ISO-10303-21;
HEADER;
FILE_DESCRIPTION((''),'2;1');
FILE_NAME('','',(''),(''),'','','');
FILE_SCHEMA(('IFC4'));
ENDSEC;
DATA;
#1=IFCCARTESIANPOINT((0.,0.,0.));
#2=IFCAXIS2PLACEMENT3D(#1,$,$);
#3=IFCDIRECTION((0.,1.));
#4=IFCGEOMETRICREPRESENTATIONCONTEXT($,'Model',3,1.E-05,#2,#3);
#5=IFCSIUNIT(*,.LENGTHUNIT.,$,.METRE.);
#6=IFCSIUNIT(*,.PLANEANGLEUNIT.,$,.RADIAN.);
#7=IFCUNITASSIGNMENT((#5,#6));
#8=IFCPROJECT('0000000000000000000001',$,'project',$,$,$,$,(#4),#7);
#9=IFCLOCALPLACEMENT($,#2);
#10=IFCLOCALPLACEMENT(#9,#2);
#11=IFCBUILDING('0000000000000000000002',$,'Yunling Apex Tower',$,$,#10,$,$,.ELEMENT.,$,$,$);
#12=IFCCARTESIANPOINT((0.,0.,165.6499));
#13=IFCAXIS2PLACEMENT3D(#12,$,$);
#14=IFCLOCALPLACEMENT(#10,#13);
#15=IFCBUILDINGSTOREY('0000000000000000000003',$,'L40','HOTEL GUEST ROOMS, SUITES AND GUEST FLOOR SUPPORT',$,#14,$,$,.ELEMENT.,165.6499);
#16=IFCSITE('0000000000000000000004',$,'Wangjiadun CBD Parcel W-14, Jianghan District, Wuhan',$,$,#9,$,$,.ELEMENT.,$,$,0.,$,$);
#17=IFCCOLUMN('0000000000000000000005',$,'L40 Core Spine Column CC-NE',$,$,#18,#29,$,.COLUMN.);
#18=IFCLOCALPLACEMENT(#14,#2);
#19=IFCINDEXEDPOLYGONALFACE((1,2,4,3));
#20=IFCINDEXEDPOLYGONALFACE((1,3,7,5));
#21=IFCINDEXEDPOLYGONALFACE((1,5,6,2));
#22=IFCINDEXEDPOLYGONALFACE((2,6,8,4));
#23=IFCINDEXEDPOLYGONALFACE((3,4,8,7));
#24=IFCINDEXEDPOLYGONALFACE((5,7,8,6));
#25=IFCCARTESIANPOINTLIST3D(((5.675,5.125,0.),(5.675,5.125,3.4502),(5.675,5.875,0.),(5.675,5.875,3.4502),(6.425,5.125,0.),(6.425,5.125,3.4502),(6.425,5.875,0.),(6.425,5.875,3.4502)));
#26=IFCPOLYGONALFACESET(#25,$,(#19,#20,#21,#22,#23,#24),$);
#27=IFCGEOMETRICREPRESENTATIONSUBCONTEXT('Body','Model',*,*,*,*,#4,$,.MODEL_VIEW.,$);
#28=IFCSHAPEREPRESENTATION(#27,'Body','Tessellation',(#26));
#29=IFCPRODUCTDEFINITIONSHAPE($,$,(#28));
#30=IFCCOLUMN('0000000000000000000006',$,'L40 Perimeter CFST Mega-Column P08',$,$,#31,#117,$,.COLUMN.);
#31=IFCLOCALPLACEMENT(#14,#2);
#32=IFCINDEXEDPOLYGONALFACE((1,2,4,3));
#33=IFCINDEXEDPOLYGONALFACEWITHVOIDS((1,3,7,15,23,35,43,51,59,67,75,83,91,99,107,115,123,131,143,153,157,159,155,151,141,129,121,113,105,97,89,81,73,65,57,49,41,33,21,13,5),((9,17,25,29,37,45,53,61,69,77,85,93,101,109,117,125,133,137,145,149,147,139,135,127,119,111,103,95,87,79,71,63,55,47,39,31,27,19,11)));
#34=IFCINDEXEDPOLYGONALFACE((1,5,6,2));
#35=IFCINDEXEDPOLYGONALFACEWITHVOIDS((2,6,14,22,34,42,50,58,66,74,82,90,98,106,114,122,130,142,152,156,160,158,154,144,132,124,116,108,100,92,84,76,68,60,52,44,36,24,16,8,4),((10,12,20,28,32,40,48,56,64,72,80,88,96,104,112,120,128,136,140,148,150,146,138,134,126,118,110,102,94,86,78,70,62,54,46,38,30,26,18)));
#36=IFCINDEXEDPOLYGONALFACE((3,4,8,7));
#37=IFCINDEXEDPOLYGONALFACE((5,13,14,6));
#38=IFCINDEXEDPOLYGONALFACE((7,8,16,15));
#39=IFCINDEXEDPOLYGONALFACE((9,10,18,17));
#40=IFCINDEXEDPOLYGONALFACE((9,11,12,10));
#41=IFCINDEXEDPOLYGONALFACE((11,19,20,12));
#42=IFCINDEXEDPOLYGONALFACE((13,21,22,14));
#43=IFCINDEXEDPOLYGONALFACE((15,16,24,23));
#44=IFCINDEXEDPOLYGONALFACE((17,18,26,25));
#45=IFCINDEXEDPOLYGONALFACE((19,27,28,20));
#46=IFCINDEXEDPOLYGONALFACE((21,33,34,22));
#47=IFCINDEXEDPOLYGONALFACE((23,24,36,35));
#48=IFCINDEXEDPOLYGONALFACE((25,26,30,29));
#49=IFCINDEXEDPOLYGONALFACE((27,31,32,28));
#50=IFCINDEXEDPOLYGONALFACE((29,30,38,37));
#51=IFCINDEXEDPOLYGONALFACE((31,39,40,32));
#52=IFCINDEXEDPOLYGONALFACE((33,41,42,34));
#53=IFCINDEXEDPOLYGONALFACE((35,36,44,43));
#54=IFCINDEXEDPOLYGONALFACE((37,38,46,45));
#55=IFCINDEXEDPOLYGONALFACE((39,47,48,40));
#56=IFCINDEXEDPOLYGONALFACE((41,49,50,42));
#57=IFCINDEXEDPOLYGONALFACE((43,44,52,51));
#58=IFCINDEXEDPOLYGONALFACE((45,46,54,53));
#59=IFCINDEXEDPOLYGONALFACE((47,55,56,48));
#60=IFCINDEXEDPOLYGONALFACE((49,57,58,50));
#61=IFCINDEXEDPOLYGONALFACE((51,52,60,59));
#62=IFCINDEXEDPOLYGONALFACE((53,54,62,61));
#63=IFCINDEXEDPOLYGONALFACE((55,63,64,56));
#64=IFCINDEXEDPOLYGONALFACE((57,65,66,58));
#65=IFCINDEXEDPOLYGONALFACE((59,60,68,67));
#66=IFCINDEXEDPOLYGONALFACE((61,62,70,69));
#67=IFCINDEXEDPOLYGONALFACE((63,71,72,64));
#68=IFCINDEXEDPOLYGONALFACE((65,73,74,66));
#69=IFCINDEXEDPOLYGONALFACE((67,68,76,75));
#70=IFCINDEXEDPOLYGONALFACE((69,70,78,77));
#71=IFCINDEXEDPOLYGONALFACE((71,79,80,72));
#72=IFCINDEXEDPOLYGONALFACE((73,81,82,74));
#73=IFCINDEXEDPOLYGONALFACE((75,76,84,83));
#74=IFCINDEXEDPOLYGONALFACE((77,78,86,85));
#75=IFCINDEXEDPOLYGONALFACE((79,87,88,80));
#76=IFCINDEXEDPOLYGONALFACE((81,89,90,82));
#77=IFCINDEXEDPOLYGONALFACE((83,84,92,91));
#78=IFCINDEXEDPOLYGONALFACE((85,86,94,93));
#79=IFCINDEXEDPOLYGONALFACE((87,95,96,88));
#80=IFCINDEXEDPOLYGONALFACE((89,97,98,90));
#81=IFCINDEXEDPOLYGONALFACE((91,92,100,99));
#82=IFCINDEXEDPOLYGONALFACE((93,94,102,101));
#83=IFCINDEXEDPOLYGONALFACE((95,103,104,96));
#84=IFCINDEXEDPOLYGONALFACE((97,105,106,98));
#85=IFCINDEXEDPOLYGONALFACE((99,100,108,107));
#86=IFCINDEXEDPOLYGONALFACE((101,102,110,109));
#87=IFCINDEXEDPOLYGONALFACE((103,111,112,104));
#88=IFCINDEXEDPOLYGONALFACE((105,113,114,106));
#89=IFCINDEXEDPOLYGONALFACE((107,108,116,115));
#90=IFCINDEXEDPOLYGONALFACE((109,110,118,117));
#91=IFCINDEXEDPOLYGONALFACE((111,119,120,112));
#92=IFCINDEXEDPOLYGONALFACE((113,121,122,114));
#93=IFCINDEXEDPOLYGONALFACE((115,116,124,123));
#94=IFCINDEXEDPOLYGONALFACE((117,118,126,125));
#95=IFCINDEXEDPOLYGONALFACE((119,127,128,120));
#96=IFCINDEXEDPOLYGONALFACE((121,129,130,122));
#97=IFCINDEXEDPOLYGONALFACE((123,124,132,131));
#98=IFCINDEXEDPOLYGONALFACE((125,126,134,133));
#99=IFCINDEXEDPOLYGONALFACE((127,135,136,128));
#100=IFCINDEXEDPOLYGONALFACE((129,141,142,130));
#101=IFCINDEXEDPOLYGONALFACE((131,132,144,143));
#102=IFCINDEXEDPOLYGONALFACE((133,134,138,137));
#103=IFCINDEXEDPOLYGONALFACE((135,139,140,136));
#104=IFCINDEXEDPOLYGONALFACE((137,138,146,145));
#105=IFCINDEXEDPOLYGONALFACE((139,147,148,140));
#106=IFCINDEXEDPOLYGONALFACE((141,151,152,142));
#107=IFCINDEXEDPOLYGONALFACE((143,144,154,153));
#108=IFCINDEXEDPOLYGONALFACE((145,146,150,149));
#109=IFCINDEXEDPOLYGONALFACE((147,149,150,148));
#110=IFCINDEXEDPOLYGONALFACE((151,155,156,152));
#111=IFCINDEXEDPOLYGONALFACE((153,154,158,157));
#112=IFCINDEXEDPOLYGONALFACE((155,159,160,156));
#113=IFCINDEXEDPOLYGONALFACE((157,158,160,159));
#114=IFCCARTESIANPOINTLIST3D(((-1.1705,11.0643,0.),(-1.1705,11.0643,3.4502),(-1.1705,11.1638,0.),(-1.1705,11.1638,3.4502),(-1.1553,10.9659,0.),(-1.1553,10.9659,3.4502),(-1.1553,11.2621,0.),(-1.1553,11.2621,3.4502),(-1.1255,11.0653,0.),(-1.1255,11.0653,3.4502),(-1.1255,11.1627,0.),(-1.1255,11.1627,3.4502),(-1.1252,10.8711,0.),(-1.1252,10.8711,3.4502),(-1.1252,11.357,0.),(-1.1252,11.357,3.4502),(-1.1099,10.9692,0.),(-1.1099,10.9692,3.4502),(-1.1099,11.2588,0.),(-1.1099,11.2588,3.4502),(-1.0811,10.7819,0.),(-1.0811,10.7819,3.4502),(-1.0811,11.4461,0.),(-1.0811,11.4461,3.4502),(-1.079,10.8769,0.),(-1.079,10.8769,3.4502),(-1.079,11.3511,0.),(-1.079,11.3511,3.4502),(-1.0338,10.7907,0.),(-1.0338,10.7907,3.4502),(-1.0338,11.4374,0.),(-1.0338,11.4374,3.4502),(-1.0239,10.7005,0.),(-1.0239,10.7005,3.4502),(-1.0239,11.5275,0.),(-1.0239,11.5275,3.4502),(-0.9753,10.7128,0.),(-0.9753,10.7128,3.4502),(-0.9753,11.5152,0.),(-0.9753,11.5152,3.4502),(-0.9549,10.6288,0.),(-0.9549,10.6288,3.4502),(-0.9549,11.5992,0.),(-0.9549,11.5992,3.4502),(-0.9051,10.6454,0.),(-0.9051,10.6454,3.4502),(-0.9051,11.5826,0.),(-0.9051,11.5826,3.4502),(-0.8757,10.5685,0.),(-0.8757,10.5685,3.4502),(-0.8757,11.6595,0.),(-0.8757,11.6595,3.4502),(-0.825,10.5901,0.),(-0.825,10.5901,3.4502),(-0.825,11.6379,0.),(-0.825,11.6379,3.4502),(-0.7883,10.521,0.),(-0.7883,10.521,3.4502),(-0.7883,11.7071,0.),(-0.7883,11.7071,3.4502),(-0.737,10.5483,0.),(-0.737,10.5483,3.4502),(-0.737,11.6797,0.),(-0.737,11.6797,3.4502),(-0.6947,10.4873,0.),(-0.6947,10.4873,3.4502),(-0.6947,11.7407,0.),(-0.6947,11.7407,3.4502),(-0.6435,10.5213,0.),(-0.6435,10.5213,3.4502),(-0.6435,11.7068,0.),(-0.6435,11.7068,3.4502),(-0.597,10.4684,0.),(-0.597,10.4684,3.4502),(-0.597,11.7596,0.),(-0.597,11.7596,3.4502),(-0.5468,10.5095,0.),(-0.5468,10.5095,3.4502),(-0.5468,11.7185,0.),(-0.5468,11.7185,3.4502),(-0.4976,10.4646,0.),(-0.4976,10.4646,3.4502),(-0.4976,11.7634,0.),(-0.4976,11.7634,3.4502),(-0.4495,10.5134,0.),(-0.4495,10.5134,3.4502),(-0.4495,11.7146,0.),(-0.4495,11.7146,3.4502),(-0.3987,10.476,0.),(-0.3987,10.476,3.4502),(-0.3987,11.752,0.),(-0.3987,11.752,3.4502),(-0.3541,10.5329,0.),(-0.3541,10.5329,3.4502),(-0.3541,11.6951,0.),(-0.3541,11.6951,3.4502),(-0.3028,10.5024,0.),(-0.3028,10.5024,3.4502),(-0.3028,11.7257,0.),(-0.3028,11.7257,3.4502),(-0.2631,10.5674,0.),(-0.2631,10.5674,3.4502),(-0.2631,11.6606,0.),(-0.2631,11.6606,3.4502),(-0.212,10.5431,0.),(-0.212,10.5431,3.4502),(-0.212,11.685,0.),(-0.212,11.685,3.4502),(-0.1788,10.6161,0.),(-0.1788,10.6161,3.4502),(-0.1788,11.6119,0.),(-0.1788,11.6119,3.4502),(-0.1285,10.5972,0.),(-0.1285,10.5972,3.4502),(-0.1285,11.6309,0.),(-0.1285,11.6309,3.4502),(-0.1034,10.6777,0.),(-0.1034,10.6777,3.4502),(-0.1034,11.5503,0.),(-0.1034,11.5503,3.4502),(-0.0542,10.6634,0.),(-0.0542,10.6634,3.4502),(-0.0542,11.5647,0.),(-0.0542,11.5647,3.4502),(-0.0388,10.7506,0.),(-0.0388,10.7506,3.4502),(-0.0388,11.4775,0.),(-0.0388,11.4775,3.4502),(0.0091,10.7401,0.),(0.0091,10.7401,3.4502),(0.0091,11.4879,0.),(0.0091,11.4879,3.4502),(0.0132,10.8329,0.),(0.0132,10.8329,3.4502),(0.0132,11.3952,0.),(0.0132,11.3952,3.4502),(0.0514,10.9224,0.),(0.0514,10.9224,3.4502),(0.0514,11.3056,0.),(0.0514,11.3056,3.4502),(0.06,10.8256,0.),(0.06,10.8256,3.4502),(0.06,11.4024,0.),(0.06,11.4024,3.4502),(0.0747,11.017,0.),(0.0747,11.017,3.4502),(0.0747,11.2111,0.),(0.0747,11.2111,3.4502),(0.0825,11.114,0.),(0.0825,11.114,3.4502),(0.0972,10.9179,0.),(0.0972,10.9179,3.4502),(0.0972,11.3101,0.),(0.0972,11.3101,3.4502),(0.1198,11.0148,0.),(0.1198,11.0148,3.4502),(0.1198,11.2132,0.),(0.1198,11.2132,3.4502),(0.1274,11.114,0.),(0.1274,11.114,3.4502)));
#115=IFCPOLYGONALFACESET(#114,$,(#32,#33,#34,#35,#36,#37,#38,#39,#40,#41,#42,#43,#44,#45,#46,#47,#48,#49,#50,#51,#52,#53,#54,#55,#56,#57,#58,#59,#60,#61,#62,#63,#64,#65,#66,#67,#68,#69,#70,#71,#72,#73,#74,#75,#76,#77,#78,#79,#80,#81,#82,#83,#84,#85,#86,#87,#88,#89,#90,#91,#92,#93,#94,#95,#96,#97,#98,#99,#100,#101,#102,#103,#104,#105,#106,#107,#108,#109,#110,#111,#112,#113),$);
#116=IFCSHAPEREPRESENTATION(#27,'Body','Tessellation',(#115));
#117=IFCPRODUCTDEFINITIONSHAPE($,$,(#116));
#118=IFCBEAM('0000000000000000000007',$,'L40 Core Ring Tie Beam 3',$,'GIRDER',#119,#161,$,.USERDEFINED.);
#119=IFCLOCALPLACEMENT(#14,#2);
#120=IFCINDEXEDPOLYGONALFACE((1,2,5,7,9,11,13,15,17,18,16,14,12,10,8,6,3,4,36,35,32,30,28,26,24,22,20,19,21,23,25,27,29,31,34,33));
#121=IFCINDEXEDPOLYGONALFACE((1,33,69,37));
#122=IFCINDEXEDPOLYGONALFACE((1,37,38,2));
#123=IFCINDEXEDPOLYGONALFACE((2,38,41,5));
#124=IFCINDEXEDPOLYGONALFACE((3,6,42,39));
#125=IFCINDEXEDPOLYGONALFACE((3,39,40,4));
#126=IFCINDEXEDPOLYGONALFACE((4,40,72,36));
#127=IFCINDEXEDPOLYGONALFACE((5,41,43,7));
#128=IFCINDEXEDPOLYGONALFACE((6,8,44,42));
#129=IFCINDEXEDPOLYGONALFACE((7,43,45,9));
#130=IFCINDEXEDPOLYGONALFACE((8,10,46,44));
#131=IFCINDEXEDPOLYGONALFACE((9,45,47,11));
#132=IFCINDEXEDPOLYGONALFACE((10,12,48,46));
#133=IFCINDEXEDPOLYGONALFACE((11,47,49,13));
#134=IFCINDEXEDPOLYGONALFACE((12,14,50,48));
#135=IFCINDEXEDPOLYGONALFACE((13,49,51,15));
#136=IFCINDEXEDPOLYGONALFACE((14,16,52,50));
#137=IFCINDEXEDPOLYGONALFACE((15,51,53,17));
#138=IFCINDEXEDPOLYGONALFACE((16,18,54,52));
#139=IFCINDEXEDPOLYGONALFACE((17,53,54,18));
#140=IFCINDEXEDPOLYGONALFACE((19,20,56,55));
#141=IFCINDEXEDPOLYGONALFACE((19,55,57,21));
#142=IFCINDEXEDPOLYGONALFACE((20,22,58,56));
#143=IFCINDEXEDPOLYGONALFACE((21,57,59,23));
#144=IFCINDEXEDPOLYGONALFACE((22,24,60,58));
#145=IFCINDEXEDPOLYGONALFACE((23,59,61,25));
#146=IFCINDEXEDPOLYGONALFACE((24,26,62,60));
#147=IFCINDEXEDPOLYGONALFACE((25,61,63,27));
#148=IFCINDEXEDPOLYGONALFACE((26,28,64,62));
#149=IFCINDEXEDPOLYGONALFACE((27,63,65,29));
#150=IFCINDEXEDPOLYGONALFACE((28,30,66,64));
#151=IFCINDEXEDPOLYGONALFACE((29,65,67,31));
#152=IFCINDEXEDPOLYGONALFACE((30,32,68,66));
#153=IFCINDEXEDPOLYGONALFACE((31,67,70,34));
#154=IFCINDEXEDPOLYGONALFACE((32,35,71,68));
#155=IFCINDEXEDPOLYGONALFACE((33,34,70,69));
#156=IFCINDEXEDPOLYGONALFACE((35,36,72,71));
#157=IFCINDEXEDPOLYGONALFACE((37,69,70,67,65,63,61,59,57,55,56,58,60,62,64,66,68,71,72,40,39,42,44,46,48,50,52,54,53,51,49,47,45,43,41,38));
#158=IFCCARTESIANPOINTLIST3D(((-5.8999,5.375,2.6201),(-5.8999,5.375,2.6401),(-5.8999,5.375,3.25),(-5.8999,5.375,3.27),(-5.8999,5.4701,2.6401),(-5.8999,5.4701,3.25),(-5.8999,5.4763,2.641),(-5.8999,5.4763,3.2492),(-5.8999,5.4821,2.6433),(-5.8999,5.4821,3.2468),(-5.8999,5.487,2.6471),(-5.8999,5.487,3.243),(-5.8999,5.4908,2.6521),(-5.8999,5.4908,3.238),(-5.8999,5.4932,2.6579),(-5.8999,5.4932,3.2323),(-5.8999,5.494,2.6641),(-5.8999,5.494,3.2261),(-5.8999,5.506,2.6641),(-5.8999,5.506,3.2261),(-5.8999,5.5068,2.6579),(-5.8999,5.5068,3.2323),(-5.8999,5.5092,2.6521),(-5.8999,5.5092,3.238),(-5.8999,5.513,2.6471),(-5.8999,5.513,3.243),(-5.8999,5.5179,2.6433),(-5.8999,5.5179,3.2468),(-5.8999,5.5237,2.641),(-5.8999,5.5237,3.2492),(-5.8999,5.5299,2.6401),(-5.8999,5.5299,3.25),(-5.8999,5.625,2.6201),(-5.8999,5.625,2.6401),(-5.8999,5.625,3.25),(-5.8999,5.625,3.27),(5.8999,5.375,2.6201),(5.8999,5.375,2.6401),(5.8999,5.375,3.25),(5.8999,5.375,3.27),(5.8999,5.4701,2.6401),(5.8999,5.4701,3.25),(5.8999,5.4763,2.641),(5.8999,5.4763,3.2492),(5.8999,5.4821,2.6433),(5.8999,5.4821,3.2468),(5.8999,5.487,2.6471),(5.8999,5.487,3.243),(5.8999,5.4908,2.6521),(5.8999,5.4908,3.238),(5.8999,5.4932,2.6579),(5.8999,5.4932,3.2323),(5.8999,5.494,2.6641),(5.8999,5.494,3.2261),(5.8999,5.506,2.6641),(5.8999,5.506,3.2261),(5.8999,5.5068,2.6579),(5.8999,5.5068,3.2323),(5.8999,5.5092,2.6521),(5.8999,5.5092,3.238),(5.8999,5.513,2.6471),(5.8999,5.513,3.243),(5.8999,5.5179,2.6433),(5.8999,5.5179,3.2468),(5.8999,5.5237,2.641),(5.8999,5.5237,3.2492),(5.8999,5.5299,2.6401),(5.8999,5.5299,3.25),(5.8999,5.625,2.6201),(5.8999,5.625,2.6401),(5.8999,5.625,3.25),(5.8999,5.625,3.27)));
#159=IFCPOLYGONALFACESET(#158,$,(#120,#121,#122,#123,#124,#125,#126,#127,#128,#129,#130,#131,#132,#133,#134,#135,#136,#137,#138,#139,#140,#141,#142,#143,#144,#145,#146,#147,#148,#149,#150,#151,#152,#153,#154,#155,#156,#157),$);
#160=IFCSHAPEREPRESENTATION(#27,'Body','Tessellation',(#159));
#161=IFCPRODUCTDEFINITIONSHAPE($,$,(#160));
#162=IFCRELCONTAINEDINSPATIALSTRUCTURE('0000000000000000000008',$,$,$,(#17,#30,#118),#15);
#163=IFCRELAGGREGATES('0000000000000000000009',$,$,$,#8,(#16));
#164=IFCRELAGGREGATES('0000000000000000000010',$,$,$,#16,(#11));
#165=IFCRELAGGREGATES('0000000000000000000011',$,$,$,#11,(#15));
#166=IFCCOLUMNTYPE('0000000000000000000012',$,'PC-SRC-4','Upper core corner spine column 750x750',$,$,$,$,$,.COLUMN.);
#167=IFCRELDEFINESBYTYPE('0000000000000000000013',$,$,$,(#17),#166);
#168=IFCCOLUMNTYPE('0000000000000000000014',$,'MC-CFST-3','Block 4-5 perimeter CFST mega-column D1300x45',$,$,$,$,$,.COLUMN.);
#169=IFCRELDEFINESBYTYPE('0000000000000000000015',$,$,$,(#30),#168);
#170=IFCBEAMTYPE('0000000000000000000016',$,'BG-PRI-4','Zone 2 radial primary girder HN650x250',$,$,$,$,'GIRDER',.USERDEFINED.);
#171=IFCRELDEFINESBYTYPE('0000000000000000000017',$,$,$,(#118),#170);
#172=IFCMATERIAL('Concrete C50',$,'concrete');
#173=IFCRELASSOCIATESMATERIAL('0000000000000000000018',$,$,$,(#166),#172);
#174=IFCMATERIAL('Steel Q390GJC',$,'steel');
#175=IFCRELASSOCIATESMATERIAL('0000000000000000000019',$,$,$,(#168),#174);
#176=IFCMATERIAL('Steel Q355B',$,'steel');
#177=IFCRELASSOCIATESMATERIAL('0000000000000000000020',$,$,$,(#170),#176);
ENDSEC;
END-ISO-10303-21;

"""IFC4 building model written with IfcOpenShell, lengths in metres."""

from ifc_helpers import new_model, si_unit, direction, frame, origin, origin_2d, place, context, subcontext, project, spatial, rectangle, hollow_circle, i_section, extrude, source, transform, mapped, material, material_profile, profile_set, type_object, element, save


model = new_model("IFC4")

# Units and contexts
model_context = context("Model", 3, precision=1e-05, world=origin(), true_north=direction((0.0, 1.0)))
body_context = subcontext(model_context, "Body", "Model", "MODEL_VIEW")
ifc_project = project(units=[si_unit("LENGTHUNIT", "METRE"), si_unit("PLANEANGLEUNIT", "RADIAN")], contexts=[model_context])

# Site, building, storey
site_placement = place(None, origin())
site = spatial("IfcSite", under=ifc_project, at=site_placement, Name="Wangjiadun CBD Parcel W-14, Jianghan District, Wuhan", CompositionType="ELEMENT", RefElevation=0.0)
building_placement = place(site_placement, origin())
building = spatial("IfcBuilding", under=site, at=building_placement, Name="Yunling Apex Tower", CompositionType="ELEMENT")
storey_placement = place(building_placement, frame((0.0, 0.0, 165.6499)))
storey = spatial("IfcBuildingStorey", under=building, at=storey_placement, Name="L40", Description="HOTEL GUEST ROOMS, SUITES AND GUEST FLOOR SUPPORT", CompositionType="ELEMENT", Elevation=165.6499)

# Columns
ifc_material_1 = material(Name="Concrete C50", Category="concrete")
ifc_material_profile_1 = material_profile(ifc_material_1, rectangle(XDim=0.75, YDim=0.75, at=origin_2d()))
ifc_profile_set_1 = profile_set([ifc_material_profile_1], Name="Concrete C50")
column_type_1 = type_object("IfcColumnType", Name="PC-SRC-4", Description="Upper core corner spine column 750x750", PredefinedType="COLUMN", material=ifc_profile_set_1)
shared_shape_1 = source(origin(), body_context, "Body", "SweptSolid", [
    extrude(rectangle(XDim=0.75, YDim=0.75, at=origin_2d()), origin(), (0.0, 0.0, 1.0), 3.4502),
])
column_1_placement = place(storey_placement, frame((6.05, 5.5, 0.0), z_axis=(0.0, 0.0, 1.0), x_axis=(1.0, 0.0, 0.0)))
element("IfcColumn", 1, at=column_1_placement, inside=storey, type_object=column_type_1, Name="L40 Core Spine Column CC-NE", PredefinedType="COLUMN", context=body_context, shape_type="MappedRepresentation", body=[
    mapped(shared_shape_1, transform((0.0, 0.0, 0.0), scale=1.0)),
])
ifc_material_2 = material(Name="Steel Q390GJC", Category="steel")
ifc_material_profile_2 = material_profile(ifc_material_2, hollow_circle(Radius=0.6499, WallThickness=0.0449, at=origin_2d()))
ifc_profile_set_2 = profile_set([ifc_material_profile_2], Name="Steel Q390GJC")
column_type_2 = type_object("IfcColumnType", Name="MC-CFST-3", Description="Block 4-5 perimeter CFST mega-column D1300x45", PredefinedType="COLUMN", material=ifc_profile_set_2)
shared_shape_2 = source(origin(), body_context, "Body", "SweptSolid", [
    extrude(hollow_circle(Radius=0.6499, WallThickness=0.0449, at=origin_2d()), origin(), (0.0, 0.0, 1.0), 3.4502),
])
column_2_placement = place(storey_placement, frame((-0.5225, 11.114, 0.0), z_axis=(0.0, 0.0, 1.0), x_axis=(1.0, 0.0, 0.0)))
element("IfcColumn", 2, at=column_2_placement, inside=storey, type_object=column_type_2, Name="L40 Perimeter CFST Mega-Column P08", PredefinedType="COLUMN", context=body_context, shape_type="MappedRepresentation", body=[
    mapped(shared_shape_2, transform((0.0, 0.0, 0.0), scale=1.0)),
])

# Beam
ifc_material_3 = material(Name="Steel Q355B", Category="steel")
ifc_material_profile_3 = material_profile(ifc_material_3, i_section(OverallWidth=0.25, OverallDepth=0.6499, WebThickness=0.012, FlangeThickness=0.02, FilletRadius=0.0239, at=origin_2d()))
ifc_profile_set_3 = profile_set([ifc_material_profile_3], Name="Steel Q355B")
beam_type_1 = type_object("IfcBeamType", Name="BG-PRI-4", Description="Zone 2 radial primary girder HN650x250", ElementType="GIRDER", PredefinedType="USERDEFINED", material=ifc_profile_set_3)
shared_shape_3 = source(origin(), body_context, "Body", "SweptSolid", [
    extrude(i_section(OverallWidth=0.25, OverallDepth=0.6499, WebThickness=0.012, FlangeThickness=0.02, FilletRadius=0.0239, at=origin_2d()), origin(), (0.0, 0.0, 1.0), 11.7998),
])
beam_1_placement = place(storey_placement, frame((5.8999, 5.5, 2.9451), z_axis=(-1.0, 0.0, 0.0), x_axis=(0.0, -1.0, 0.0)))
element("IfcBeam", 3, at=beam_1_placement, inside=storey, type_object=beam_type_1, Name="L40 Core Ring Tie Beam 3", ObjectType="GIRDER", PredefinedType="USERDEFINED", context=body_context, shape_type="MappedRepresentation", body=[
    mapped(shared_shape_3, transform((0.0, 0.0, 0.0), scale=1.0)),
])

save(model, "model.ifc")
